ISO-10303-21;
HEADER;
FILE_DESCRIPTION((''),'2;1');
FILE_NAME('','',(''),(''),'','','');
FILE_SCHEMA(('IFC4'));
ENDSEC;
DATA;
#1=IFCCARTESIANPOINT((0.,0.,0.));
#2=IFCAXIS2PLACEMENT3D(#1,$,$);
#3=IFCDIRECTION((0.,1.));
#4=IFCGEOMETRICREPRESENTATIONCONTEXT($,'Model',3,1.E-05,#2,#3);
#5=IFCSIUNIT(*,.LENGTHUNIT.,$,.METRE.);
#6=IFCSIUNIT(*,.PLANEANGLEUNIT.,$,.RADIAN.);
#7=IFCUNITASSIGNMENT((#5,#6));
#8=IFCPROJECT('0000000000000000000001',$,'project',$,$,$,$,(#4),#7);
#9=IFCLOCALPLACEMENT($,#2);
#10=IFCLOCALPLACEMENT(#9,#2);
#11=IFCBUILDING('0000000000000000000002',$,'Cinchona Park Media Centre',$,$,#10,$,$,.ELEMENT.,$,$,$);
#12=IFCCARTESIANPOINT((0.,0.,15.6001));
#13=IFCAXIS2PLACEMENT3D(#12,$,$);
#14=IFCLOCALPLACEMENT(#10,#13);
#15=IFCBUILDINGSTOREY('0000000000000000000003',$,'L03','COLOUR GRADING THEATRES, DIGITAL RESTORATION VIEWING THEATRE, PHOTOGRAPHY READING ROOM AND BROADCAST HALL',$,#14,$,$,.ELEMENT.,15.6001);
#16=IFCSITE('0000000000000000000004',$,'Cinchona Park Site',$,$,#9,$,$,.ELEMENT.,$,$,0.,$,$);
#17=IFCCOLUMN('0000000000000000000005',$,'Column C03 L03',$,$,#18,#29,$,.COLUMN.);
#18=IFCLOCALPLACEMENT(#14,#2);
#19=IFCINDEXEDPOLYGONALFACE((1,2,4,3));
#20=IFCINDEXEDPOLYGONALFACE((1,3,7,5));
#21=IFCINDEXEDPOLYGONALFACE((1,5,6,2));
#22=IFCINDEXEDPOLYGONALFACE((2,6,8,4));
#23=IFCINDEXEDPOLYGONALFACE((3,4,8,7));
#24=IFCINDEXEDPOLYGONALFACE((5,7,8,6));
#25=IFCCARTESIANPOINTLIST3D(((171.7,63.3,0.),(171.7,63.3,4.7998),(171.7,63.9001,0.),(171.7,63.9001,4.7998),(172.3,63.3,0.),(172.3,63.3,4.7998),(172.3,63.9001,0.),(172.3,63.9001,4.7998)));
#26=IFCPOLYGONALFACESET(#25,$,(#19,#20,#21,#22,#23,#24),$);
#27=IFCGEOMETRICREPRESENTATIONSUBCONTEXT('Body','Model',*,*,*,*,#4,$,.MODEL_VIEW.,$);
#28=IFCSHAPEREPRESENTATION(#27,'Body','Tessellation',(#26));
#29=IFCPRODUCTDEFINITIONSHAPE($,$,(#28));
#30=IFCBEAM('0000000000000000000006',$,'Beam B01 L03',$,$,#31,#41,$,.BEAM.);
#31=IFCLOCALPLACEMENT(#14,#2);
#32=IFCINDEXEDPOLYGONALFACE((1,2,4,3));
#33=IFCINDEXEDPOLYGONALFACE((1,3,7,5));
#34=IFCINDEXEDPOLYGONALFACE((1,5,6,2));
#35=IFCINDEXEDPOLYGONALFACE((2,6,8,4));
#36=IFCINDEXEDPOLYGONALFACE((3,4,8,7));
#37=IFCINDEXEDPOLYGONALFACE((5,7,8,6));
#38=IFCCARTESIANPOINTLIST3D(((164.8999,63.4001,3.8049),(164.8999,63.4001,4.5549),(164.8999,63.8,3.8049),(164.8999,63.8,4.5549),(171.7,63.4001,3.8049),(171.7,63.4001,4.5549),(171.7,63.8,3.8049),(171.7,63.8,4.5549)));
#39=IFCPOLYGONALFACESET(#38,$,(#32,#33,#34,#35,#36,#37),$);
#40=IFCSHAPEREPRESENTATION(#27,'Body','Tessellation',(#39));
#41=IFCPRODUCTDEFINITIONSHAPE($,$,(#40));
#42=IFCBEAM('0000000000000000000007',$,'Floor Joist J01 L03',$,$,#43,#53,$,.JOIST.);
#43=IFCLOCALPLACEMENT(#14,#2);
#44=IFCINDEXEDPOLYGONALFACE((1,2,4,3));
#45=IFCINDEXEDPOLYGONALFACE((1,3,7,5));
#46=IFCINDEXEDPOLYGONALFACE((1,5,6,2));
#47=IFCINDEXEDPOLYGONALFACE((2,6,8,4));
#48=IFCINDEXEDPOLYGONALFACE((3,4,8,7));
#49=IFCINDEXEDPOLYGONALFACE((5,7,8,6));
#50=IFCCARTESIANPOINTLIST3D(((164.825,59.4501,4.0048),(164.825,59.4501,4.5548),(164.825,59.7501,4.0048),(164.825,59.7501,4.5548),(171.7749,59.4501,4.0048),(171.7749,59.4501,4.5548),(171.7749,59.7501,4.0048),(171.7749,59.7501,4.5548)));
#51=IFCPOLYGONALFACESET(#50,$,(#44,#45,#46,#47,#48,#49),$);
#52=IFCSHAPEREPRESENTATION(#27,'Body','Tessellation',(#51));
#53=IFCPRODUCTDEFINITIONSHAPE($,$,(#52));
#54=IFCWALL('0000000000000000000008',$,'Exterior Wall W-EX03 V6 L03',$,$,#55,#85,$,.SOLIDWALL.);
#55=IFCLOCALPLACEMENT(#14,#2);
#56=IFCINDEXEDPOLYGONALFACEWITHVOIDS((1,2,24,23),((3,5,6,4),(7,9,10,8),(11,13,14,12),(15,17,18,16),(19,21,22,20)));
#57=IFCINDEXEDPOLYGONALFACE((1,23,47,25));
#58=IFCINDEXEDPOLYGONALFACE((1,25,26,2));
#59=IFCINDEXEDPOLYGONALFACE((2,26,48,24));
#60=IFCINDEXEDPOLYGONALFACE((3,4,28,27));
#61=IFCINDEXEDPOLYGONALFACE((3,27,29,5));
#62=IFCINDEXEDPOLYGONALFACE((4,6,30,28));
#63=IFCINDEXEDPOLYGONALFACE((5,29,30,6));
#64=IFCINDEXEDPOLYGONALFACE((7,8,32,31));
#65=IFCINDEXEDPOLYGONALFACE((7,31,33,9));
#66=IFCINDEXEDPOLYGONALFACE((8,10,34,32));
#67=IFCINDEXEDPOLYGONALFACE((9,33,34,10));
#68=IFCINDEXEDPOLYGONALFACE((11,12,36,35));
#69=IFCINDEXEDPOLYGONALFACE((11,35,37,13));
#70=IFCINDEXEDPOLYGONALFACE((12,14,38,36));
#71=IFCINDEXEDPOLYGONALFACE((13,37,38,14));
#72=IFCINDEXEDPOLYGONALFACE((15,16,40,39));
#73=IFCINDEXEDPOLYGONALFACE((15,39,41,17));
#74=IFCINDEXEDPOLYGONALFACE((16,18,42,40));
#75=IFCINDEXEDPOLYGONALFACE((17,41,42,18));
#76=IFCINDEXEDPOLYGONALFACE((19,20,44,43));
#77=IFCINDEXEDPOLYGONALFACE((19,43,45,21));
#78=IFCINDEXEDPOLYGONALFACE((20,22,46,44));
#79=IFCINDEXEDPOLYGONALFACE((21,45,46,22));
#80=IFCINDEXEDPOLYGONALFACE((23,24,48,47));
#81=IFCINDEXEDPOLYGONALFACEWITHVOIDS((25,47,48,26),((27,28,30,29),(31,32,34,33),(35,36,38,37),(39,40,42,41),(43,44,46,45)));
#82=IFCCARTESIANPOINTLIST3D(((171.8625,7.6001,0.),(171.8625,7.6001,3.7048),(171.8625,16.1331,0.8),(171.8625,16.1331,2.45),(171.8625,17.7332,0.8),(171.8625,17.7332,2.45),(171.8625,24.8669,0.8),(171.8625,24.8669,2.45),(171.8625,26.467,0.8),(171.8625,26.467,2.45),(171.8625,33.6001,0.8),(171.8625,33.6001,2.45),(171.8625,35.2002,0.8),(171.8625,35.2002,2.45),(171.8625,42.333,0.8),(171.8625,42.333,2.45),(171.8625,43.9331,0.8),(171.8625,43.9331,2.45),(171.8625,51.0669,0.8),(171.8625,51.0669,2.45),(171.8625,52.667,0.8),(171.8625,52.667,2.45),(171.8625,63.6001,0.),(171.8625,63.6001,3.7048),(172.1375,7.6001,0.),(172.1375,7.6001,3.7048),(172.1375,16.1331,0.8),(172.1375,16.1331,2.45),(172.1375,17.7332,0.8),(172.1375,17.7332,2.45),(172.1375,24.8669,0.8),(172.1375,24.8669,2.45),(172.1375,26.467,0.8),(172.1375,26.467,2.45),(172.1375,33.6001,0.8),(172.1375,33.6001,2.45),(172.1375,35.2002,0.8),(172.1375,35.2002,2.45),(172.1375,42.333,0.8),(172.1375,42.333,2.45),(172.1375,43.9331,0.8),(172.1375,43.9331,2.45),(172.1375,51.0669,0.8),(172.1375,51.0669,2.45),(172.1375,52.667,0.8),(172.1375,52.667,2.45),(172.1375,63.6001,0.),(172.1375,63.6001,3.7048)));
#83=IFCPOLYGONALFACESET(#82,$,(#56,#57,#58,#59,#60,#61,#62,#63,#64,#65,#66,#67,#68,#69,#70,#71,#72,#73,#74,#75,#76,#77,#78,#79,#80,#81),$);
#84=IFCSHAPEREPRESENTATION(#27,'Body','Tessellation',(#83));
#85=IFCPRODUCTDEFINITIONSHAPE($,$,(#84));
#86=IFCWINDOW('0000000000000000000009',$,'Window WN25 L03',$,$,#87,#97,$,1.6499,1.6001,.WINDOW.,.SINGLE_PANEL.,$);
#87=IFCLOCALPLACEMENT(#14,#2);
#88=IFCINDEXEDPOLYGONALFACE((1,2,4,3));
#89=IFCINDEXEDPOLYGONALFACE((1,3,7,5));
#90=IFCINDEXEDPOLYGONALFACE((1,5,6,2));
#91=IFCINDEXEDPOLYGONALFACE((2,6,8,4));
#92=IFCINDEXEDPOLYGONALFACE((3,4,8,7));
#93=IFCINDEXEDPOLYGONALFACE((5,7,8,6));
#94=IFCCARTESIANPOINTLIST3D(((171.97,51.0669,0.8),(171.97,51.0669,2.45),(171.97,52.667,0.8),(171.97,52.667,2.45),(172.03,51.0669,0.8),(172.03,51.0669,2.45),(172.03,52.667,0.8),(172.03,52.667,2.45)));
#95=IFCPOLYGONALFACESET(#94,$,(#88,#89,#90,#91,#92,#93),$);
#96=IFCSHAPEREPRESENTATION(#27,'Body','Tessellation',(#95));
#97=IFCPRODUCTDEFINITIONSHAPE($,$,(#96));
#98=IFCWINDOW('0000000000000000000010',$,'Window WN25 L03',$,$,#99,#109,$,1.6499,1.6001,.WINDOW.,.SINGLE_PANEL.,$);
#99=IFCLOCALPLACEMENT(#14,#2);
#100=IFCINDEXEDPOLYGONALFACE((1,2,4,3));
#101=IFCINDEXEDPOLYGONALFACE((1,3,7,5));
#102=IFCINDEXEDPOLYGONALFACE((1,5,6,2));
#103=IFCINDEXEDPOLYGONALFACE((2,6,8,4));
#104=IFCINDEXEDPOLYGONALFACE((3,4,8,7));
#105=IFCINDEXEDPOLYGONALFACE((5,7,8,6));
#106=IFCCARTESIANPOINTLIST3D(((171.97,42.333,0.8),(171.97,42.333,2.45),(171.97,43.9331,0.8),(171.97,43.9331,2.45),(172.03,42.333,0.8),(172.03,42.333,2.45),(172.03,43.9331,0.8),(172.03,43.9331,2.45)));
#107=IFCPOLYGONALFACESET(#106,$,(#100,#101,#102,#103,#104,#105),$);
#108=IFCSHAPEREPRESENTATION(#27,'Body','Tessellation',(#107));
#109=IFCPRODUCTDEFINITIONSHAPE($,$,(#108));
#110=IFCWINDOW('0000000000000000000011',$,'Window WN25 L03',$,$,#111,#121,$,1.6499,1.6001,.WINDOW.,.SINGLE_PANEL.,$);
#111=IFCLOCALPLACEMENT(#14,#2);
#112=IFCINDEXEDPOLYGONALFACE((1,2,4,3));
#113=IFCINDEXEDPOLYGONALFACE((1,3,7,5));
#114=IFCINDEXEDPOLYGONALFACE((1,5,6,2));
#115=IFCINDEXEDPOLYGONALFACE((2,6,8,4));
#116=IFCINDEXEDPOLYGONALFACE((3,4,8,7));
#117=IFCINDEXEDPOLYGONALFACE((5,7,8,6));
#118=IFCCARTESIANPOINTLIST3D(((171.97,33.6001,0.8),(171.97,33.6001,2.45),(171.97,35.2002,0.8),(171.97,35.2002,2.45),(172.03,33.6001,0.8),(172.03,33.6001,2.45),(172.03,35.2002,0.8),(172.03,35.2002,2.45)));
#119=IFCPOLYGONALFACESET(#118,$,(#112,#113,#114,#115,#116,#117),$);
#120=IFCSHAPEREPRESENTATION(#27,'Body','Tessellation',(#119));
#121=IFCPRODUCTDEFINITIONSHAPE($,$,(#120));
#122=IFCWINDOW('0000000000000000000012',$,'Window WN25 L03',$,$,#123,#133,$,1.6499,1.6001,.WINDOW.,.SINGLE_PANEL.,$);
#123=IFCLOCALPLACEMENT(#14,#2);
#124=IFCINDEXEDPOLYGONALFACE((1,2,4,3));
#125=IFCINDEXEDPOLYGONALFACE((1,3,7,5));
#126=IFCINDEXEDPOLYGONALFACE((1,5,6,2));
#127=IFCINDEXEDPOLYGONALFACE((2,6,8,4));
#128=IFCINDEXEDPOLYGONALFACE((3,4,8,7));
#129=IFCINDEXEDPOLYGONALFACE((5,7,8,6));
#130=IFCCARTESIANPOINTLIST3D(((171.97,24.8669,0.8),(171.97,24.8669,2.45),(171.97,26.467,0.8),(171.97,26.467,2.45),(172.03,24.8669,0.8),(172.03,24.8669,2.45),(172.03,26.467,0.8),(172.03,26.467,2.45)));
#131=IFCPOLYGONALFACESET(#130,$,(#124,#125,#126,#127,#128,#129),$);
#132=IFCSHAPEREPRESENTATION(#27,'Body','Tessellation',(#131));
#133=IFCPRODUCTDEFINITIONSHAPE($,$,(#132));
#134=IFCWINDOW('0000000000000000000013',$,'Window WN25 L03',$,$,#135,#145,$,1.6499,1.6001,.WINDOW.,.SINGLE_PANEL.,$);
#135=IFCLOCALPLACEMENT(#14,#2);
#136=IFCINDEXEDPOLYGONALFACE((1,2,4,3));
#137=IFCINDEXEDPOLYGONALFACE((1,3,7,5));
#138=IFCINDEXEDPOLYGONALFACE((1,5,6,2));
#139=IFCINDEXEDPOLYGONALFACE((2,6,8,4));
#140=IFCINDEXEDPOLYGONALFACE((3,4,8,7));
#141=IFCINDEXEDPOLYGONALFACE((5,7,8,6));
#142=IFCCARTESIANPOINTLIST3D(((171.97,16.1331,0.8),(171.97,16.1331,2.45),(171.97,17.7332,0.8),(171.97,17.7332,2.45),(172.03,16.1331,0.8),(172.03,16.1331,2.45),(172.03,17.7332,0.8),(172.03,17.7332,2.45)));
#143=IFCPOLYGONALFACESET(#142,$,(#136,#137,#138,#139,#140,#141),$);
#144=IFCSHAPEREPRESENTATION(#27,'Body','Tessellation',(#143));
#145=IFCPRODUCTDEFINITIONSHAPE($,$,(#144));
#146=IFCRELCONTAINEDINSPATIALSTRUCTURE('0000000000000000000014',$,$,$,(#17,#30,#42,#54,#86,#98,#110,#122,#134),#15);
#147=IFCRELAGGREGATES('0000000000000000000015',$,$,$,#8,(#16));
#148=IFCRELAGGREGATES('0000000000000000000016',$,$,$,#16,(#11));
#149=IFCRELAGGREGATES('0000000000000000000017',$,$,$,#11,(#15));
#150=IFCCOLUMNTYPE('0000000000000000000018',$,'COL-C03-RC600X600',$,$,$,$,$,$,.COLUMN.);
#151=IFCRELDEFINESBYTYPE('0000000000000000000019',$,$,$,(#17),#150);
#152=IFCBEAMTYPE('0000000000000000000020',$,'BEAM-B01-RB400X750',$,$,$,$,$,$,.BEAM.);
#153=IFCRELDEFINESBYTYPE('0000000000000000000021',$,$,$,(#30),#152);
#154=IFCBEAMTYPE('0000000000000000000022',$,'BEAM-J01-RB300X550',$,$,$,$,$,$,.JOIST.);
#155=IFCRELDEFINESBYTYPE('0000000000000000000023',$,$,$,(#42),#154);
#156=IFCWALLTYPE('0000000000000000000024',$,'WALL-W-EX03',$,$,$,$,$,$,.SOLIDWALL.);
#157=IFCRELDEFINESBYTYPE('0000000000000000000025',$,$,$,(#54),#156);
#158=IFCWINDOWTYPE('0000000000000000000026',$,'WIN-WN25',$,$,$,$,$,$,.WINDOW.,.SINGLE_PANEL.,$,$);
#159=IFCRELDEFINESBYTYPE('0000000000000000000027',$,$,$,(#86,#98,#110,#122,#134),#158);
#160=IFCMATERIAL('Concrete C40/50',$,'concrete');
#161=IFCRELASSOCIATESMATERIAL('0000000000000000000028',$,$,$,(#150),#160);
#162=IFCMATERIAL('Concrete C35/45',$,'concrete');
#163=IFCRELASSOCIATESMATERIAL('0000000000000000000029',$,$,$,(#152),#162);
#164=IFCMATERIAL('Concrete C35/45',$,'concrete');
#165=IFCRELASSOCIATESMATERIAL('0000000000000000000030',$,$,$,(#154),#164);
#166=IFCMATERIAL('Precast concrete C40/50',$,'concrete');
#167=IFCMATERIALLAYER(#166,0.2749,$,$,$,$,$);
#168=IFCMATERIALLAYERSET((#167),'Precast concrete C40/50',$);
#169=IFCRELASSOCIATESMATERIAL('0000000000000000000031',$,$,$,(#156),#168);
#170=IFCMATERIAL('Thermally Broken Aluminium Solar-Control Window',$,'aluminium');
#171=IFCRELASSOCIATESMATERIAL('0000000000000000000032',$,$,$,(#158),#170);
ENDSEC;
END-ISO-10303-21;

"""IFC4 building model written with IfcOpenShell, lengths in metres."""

from ifc_helpers import new_model, si_unit, direction, frame, frame_2d, origin, origin_2d, place, context, subcontext, project, spatial, rectangle, extrude, material, layer, layer_set, material_profile, profile_set, type_object, element, fill, save


model = new_model("IFC4")

# Units and contexts
model_context = context("Model", 3, precision=1e-05, world=origin(), true_north=direction((0.0, 1.0)))
body_context = subcontext(model_context, "Body", "Model", "MODEL_VIEW")
ifc_project = project(units=[si_unit("LENGTHUNIT", "METRE"), si_unit("PLANEANGLEUNIT", "RADIAN")], contexts=[model_context])

# Site, building, storey
site_placement = place(None, origin())
site = spatial("IfcSite", under=ifc_project, at=site_placement, Name="Cinchona Park Site", CompositionType="ELEMENT", RefElevation=0.0)
building_placement = place(site_placement, origin())
building = spatial("IfcBuilding", under=site, at=building_placement, Name="Cinchona Park Media Centre", CompositionType="ELEMENT")
storey_placement = place(building_placement, frame((0.0, 0.0, 15.6001)))
storey = spatial("IfcBuildingStorey", under=building, at=storey_placement, Name="L03", Description="COLOUR GRADING THEATRES, DIGITAL RESTORATION VIEWING THEATRE, PHOTOGRAPHY READING ROOM AND BROADCAST HALL", CompositionType="ELEMENT", Elevation=15.6001)

# Column
ifc_material_1 = material(Name="Concrete C40/50", Category="concrete")
ifc_material_profile_1 = material_profile(ifc_material_1, rectangle(XDim=0.6001, YDim=0.6001, at=origin_2d()), Name="RC 600X600")
ifc_profile_set_1 = profile_set([ifc_material_profile_1], Name="Concrete C40/50")
column_type = type_object("IfcColumnType", Name="COL-C03-RC600X600", PredefinedType="COLUMN", material=ifc_profile_set_1)
column_placement = place(storey_placement, frame((172.0, 63.6001, 0.0), z_axis=(0.0, 0.0, 1.0), x_axis=(1.0, 0.0, 0.0)))
element("IfcColumn", 1, at=column_placement, inside=storey, type_object=column_type, Name="Column C03 L03", PredefinedType="COLUMN", context=body_context, shape_type="SweptSolid", body=[
    extrude(rectangle(XDim=0.6001, YDim=0.6001, at=origin_2d()), origin(), (0.0, 0.0, 1.0), 4.7998),
])

# Beams
ifc_material_2 = material(Name="Concrete C35/45", Category="concrete")
ifc_material_profile_2 = material_profile(ifc_material_2, rectangle(XDim=0.3999, YDim=0.75, at=origin_2d()), Name="RB 400X750")
ifc_profile_set_2 = profile_set([ifc_material_profile_2], Name="Concrete C35/45")
beam_type_1 = type_object("IfcBeamType", Name="BEAM-B01-RB400X750", PredefinedType="BEAM", material=ifc_profile_set_2)
beam_1_placement = place(storey_placement, frame((164.8999, 63.6001, 4.1799), z_axis=(1.0, 0.0, 0.0), x_axis=(0.0, 1.0, 0.0)))
element("IfcBeam", 2, at=beam_1_placement, inside=storey, type_object=beam_type_1, Name="Beam B01 L03", PredefinedType="BEAM", context=body_context, shape_type="SweptSolid", body=[
    extrude(rectangle(XDim=0.3999, YDim=0.75, at=origin_2d()), origin(), (0.0, 0.0, 1.0), 6.8),
])
ifc_material_3 = material(Name="Concrete C35/45", Category="concrete")
ifc_material_profile_3 = material_profile(ifc_material_3, rectangle(XDim=0.3, YDim=0.55, at=origin_2d()), Name="RB 300X550")
ifc_profile_set_3 = profile_set([ifc_material_profile_3], Name="Concrete C35/45")
beam_type_2 = type_object("IfcBeamType", Name="BEAM-J01-RB300X550", PredefinedType="JOIST", material=ifc_profile_set_3)
beam_2_placement = place(storey_placement, frame((164.825, 59.6001, 4.2798), z_axis=(1.0, 0.0, 0.0), x_axis=(0.0, 1.0, 0.0)))
element("IfcBeam", 3, at=beam_2_placement, inside=storey, type_object=beam_type_2, Name="Floor Joist J01 L03", PredefinedType="JOIST", context=body_context, shape_type="SweptSolid", body=[
    extrude(rectangle(XDim=0.3, YDim=0.55, at=origin_2d()), origin(), (0.0, 0.0, 1.0), 6.95),
])

# Wall, openings, windows
ifc_material_4 = material(Name="Precast concrete C40/50", Category="concrete")
ifc_layer_1 = layer(ifc_material_4, 0.2749)
ifc_layer_set_1 = layer_set([ifc_layer_1], Name="Precast concrete C40/50")
wall_type_1 = type_object("IfcWallType", Name="WALL-W-EX03", PredefinedType="SOLIDWALL", material=ifc_layer_set_1)
wall_1_placement = place(storey_placement, frame((172.0, 63.6001, 0.0), z_axis=(0.0, 0.0, 1.0), x_axis=(0.0, -1.0, 0.0)))
wall_1 = element("IfcWall", 4, at=wall_1_placement, inside=storey, type_object=wall_type_1, Name="Exterior Wall W-EX03 V6 L03", PredefinedType="SOLIDWALL", context=body_context, shape_type="SweptSolid", body=[
    extrude(rectangle(XDim=56.0, YDim=0.2749, at=frame_2d((28.0, 0.0))), origin(), (0.0, 0.0, 1.0), 3.7048),
])
opening_1_placement = place(wall_1_placement, frame((10.9331, 0.0, 0.8)))
opening_1 = element("IfcOpeningElement", 5, at=opening_1_placement, cuts=wall_1, PredefinedType="OPENING", context=body_context, shape_type="SweptSolid", body=[
    extrude(rectangle(XDim=1.6001, YDim=1.6499, at=frame_2d((0.8, 0.825))), frame((0.0, 0.1475, 0.0), z_axis=(0.0, -1.0, 0.0), x_axis=(1.0, 0.0, 0.0)), (0.0, 0.0, 1.0), 0.2949),
])
opening_2_placement = place(wall_1_placement, frame((19.667, 0.0, 0.8)))
opening_2 = element("IfcOpeningElement", 6, at=opening_2_placement, cuts=wall_1, PredefinedType="OPENING", context=body_context, shape_type="SweptSolid", body=[
    extrude(rectangle(XDim=1.6001, YDim=1.6499, at=frame_2d((0.8, 0.825))), frame((0.0, 0.1475, 0.0), z_axis=(0.0, -1.0, 0.0), x_axis=(1.0, 0.0, 0.0)), (0.0, 0.0, 1.0), 0.2949),
])
opening_3_placement = place(wall_1_placement, frame((28.3999, 0.0, 0.8)))
opening_3 = element("IfcOpeningElement", 7, at=opening_3_placement, cuts=wall_1, PredefinedType="OPENING", context=body_context, shape_type="SweptSolid", body=[
    extrude(rectangle(XDim=1.6001, YDim=1.6499, at=frame_2d((0.8, 0.825))), frame((0.0, 0.1475, 0.0), z_axis=(0.0, -1.0, 0.0), x_axis=(1.0, 0.0, 0.0)), (0.0, 0.0, 1.0), 0.2949),
])
opening_4_placement = place(wall_1_placement, frame((37.1331, 0.0, 0.8)))
opening_4 = element("IfcOpeningElement", 8, at=opening_4_placement, cuts=wall_1, PredefinedType="OPENING", context=body_context, shape_type="SweptSolid", body=[
    extrude(rectangle(XDim=1.6001, YDim=1.6499, at=frame_2d((0.8, 0.825))), frame((0.0, 0.1475, 0.0), z_axis=(0.0, -1.0, 0.0), x_axis=(1.0, 0.0, 0.0)), (0.0, 0.0, 1.0), 0.2949),
])
opening_5_placement = place(wall_1_placement, frame((45.8669, 0.0, 0.8)))
opening_5 = element("IfcOpeningElement", 9, at=opening_5_placement, cuts=wall_1, PredefinedType="OPENING", context=body_context, shape_type="SweptSolid", body=[
    extrude(rectangle(XDim=1.6001, YDim=1.6499, at=frame_2d((0.8, 0.825))), frame((0.0, 0.1475, 0.0), z_axis=(0.0, -1.0, 0.0), x_axis=(1.0, 0.0, 0.0)), (0.0, 0.0, 1.0), 0.2949),
])
ifc_material_5 = material(Name="Thermally Broken Aluminium Solar-Control Window", Category="aluminium")
window_type_1 = type_object("IfcWindowType", Name="WIN-WN25", PartitioningType="SINGLE_PANEL", PredefinedType="WINDOW", material=ifc_material_5)
window_1_placement = place(opening_1_placement, origin())
window_1 = element("IfcWindow", 10, at=window_1_placement, inside=storey, type_object=window_type_1, Name="Window WN25 L03", OverallHeight=1.6499, OverallWidth=1.6001, PartitioningType="SINGLE_PANEL", PredefinedType="WINDOW", context=body_context, shape_type="SweptSolid", body=[
    extrude(rectangle(XDim=1.6001, YDim=1.6499, at=frame_2d((0.8, 0.825))), frame((0.0, 0.03, 0.0), z_axis=(0.0, -1.0, 0.0), x_axis=(1.0, 0.0, 0.0)), (0.0, 0.0, 1.0), 0.0601),
])
fill(opening_1, window_1)
window_2_placement = place(opening_2_placement, origin())
window_2 = element("IfcWindow", 11, at=window_2_placement, inside=storey, type_object=window_type_1, Name="Window WN25 L03", OverallHeight=1.6499, OverallWidth=1.6001, PartitioningType="SINGLE_PANEL", PredefinedType="WINDOW", context=body_context, shape_type="SweptSolid", body=[
    extrude(rectangle(XDim=1.6001, YDim=1.6499, at=frame_2d((0.8, 0.825))), frame((0.0, 0.03, 0.0), z_axis=(0.0, -1.0, 0.0), x_axis=(1.0, 0.0, 0.0)), (0.0, 0.0, 1.0), 0.0601),
])
fill(opening_2, window_2)
window_3_placement = place(opening_3_placement, origin())
window_3 = element("IfcWindow", 12, at=window_3_placement, inside=storey, type_object=window_type_1, Name="Window WN25 L03", OverallHeight=1.6499, OverallWidth=1.6001, PartitioningType="SINGLE_PANEL", PredefinedType="WINDOW", context=body_context, shape_type="SweptSolid", body=[
    extrude(rectangle(XDim=1.6001, YDim=1.6499, at=frame_2d((0.8, 0.825))), frame((0.0, 0.03, 0.0), z_axis=(0.0, -1.0, 0.0), x_axis=(1.0, 0.0, 0.0)), (0.0, 0.0, 1.0), 0.0601),
])
fill(opening_3, window_3)
window_4_placement = place(opening_4_placement, origin())
window_4 = element("IfcWindow", 13, at=window_4_placement, inside=storey, type_object=window_type_1, Name="Window WN25 L03", OverallHeight=1.6499, OverallWidth=1.6001, PartitioningType="SINGLE_PANEL", PredefinedType="WINDOW", context=body_context, shape_type="SweptSolid", body=[
    extrude(rectangle(XDim=1.6001, YDim=1.6499, at=frame_2d((0.8, 0.825))), frame((0.0, 0.03, 0.0), z_axis=(0.0, -1.0, 0.0), x_axis=(1.0, 0.0, 0.0)), (0.0, 0.0, 1.0), 0.0601),
])
fill(opening_4, window_4)
window_5_placement = place(opening_5_placement, origin())
window_5 = element("IfcWindow", 14, at=window_5_placement, inside=storey, type_object=window_type_1, Name="Window WN25 L03", OverallHeight=1.6499, OverallWidth=1.6001, PartitioningType="SINGLE_PANEL", PredefinedType="WINDOW", context=body_context, shape_type="SweptSolid", body=[
    extrude(rectangle(XDim=1.6001, YDim=1.6499, at=frame_2d((0.8, 0.825))), frame((0.0, 0.03, 0.0), z_axis=(0.0, -1.0, 0.0), x_axis=(1.0, 0.0, 0.0)), (0.0, 0.0, 1.0), 0.0601),
])
fill(opening_5, window_5)

save(model, "model.ifc")
